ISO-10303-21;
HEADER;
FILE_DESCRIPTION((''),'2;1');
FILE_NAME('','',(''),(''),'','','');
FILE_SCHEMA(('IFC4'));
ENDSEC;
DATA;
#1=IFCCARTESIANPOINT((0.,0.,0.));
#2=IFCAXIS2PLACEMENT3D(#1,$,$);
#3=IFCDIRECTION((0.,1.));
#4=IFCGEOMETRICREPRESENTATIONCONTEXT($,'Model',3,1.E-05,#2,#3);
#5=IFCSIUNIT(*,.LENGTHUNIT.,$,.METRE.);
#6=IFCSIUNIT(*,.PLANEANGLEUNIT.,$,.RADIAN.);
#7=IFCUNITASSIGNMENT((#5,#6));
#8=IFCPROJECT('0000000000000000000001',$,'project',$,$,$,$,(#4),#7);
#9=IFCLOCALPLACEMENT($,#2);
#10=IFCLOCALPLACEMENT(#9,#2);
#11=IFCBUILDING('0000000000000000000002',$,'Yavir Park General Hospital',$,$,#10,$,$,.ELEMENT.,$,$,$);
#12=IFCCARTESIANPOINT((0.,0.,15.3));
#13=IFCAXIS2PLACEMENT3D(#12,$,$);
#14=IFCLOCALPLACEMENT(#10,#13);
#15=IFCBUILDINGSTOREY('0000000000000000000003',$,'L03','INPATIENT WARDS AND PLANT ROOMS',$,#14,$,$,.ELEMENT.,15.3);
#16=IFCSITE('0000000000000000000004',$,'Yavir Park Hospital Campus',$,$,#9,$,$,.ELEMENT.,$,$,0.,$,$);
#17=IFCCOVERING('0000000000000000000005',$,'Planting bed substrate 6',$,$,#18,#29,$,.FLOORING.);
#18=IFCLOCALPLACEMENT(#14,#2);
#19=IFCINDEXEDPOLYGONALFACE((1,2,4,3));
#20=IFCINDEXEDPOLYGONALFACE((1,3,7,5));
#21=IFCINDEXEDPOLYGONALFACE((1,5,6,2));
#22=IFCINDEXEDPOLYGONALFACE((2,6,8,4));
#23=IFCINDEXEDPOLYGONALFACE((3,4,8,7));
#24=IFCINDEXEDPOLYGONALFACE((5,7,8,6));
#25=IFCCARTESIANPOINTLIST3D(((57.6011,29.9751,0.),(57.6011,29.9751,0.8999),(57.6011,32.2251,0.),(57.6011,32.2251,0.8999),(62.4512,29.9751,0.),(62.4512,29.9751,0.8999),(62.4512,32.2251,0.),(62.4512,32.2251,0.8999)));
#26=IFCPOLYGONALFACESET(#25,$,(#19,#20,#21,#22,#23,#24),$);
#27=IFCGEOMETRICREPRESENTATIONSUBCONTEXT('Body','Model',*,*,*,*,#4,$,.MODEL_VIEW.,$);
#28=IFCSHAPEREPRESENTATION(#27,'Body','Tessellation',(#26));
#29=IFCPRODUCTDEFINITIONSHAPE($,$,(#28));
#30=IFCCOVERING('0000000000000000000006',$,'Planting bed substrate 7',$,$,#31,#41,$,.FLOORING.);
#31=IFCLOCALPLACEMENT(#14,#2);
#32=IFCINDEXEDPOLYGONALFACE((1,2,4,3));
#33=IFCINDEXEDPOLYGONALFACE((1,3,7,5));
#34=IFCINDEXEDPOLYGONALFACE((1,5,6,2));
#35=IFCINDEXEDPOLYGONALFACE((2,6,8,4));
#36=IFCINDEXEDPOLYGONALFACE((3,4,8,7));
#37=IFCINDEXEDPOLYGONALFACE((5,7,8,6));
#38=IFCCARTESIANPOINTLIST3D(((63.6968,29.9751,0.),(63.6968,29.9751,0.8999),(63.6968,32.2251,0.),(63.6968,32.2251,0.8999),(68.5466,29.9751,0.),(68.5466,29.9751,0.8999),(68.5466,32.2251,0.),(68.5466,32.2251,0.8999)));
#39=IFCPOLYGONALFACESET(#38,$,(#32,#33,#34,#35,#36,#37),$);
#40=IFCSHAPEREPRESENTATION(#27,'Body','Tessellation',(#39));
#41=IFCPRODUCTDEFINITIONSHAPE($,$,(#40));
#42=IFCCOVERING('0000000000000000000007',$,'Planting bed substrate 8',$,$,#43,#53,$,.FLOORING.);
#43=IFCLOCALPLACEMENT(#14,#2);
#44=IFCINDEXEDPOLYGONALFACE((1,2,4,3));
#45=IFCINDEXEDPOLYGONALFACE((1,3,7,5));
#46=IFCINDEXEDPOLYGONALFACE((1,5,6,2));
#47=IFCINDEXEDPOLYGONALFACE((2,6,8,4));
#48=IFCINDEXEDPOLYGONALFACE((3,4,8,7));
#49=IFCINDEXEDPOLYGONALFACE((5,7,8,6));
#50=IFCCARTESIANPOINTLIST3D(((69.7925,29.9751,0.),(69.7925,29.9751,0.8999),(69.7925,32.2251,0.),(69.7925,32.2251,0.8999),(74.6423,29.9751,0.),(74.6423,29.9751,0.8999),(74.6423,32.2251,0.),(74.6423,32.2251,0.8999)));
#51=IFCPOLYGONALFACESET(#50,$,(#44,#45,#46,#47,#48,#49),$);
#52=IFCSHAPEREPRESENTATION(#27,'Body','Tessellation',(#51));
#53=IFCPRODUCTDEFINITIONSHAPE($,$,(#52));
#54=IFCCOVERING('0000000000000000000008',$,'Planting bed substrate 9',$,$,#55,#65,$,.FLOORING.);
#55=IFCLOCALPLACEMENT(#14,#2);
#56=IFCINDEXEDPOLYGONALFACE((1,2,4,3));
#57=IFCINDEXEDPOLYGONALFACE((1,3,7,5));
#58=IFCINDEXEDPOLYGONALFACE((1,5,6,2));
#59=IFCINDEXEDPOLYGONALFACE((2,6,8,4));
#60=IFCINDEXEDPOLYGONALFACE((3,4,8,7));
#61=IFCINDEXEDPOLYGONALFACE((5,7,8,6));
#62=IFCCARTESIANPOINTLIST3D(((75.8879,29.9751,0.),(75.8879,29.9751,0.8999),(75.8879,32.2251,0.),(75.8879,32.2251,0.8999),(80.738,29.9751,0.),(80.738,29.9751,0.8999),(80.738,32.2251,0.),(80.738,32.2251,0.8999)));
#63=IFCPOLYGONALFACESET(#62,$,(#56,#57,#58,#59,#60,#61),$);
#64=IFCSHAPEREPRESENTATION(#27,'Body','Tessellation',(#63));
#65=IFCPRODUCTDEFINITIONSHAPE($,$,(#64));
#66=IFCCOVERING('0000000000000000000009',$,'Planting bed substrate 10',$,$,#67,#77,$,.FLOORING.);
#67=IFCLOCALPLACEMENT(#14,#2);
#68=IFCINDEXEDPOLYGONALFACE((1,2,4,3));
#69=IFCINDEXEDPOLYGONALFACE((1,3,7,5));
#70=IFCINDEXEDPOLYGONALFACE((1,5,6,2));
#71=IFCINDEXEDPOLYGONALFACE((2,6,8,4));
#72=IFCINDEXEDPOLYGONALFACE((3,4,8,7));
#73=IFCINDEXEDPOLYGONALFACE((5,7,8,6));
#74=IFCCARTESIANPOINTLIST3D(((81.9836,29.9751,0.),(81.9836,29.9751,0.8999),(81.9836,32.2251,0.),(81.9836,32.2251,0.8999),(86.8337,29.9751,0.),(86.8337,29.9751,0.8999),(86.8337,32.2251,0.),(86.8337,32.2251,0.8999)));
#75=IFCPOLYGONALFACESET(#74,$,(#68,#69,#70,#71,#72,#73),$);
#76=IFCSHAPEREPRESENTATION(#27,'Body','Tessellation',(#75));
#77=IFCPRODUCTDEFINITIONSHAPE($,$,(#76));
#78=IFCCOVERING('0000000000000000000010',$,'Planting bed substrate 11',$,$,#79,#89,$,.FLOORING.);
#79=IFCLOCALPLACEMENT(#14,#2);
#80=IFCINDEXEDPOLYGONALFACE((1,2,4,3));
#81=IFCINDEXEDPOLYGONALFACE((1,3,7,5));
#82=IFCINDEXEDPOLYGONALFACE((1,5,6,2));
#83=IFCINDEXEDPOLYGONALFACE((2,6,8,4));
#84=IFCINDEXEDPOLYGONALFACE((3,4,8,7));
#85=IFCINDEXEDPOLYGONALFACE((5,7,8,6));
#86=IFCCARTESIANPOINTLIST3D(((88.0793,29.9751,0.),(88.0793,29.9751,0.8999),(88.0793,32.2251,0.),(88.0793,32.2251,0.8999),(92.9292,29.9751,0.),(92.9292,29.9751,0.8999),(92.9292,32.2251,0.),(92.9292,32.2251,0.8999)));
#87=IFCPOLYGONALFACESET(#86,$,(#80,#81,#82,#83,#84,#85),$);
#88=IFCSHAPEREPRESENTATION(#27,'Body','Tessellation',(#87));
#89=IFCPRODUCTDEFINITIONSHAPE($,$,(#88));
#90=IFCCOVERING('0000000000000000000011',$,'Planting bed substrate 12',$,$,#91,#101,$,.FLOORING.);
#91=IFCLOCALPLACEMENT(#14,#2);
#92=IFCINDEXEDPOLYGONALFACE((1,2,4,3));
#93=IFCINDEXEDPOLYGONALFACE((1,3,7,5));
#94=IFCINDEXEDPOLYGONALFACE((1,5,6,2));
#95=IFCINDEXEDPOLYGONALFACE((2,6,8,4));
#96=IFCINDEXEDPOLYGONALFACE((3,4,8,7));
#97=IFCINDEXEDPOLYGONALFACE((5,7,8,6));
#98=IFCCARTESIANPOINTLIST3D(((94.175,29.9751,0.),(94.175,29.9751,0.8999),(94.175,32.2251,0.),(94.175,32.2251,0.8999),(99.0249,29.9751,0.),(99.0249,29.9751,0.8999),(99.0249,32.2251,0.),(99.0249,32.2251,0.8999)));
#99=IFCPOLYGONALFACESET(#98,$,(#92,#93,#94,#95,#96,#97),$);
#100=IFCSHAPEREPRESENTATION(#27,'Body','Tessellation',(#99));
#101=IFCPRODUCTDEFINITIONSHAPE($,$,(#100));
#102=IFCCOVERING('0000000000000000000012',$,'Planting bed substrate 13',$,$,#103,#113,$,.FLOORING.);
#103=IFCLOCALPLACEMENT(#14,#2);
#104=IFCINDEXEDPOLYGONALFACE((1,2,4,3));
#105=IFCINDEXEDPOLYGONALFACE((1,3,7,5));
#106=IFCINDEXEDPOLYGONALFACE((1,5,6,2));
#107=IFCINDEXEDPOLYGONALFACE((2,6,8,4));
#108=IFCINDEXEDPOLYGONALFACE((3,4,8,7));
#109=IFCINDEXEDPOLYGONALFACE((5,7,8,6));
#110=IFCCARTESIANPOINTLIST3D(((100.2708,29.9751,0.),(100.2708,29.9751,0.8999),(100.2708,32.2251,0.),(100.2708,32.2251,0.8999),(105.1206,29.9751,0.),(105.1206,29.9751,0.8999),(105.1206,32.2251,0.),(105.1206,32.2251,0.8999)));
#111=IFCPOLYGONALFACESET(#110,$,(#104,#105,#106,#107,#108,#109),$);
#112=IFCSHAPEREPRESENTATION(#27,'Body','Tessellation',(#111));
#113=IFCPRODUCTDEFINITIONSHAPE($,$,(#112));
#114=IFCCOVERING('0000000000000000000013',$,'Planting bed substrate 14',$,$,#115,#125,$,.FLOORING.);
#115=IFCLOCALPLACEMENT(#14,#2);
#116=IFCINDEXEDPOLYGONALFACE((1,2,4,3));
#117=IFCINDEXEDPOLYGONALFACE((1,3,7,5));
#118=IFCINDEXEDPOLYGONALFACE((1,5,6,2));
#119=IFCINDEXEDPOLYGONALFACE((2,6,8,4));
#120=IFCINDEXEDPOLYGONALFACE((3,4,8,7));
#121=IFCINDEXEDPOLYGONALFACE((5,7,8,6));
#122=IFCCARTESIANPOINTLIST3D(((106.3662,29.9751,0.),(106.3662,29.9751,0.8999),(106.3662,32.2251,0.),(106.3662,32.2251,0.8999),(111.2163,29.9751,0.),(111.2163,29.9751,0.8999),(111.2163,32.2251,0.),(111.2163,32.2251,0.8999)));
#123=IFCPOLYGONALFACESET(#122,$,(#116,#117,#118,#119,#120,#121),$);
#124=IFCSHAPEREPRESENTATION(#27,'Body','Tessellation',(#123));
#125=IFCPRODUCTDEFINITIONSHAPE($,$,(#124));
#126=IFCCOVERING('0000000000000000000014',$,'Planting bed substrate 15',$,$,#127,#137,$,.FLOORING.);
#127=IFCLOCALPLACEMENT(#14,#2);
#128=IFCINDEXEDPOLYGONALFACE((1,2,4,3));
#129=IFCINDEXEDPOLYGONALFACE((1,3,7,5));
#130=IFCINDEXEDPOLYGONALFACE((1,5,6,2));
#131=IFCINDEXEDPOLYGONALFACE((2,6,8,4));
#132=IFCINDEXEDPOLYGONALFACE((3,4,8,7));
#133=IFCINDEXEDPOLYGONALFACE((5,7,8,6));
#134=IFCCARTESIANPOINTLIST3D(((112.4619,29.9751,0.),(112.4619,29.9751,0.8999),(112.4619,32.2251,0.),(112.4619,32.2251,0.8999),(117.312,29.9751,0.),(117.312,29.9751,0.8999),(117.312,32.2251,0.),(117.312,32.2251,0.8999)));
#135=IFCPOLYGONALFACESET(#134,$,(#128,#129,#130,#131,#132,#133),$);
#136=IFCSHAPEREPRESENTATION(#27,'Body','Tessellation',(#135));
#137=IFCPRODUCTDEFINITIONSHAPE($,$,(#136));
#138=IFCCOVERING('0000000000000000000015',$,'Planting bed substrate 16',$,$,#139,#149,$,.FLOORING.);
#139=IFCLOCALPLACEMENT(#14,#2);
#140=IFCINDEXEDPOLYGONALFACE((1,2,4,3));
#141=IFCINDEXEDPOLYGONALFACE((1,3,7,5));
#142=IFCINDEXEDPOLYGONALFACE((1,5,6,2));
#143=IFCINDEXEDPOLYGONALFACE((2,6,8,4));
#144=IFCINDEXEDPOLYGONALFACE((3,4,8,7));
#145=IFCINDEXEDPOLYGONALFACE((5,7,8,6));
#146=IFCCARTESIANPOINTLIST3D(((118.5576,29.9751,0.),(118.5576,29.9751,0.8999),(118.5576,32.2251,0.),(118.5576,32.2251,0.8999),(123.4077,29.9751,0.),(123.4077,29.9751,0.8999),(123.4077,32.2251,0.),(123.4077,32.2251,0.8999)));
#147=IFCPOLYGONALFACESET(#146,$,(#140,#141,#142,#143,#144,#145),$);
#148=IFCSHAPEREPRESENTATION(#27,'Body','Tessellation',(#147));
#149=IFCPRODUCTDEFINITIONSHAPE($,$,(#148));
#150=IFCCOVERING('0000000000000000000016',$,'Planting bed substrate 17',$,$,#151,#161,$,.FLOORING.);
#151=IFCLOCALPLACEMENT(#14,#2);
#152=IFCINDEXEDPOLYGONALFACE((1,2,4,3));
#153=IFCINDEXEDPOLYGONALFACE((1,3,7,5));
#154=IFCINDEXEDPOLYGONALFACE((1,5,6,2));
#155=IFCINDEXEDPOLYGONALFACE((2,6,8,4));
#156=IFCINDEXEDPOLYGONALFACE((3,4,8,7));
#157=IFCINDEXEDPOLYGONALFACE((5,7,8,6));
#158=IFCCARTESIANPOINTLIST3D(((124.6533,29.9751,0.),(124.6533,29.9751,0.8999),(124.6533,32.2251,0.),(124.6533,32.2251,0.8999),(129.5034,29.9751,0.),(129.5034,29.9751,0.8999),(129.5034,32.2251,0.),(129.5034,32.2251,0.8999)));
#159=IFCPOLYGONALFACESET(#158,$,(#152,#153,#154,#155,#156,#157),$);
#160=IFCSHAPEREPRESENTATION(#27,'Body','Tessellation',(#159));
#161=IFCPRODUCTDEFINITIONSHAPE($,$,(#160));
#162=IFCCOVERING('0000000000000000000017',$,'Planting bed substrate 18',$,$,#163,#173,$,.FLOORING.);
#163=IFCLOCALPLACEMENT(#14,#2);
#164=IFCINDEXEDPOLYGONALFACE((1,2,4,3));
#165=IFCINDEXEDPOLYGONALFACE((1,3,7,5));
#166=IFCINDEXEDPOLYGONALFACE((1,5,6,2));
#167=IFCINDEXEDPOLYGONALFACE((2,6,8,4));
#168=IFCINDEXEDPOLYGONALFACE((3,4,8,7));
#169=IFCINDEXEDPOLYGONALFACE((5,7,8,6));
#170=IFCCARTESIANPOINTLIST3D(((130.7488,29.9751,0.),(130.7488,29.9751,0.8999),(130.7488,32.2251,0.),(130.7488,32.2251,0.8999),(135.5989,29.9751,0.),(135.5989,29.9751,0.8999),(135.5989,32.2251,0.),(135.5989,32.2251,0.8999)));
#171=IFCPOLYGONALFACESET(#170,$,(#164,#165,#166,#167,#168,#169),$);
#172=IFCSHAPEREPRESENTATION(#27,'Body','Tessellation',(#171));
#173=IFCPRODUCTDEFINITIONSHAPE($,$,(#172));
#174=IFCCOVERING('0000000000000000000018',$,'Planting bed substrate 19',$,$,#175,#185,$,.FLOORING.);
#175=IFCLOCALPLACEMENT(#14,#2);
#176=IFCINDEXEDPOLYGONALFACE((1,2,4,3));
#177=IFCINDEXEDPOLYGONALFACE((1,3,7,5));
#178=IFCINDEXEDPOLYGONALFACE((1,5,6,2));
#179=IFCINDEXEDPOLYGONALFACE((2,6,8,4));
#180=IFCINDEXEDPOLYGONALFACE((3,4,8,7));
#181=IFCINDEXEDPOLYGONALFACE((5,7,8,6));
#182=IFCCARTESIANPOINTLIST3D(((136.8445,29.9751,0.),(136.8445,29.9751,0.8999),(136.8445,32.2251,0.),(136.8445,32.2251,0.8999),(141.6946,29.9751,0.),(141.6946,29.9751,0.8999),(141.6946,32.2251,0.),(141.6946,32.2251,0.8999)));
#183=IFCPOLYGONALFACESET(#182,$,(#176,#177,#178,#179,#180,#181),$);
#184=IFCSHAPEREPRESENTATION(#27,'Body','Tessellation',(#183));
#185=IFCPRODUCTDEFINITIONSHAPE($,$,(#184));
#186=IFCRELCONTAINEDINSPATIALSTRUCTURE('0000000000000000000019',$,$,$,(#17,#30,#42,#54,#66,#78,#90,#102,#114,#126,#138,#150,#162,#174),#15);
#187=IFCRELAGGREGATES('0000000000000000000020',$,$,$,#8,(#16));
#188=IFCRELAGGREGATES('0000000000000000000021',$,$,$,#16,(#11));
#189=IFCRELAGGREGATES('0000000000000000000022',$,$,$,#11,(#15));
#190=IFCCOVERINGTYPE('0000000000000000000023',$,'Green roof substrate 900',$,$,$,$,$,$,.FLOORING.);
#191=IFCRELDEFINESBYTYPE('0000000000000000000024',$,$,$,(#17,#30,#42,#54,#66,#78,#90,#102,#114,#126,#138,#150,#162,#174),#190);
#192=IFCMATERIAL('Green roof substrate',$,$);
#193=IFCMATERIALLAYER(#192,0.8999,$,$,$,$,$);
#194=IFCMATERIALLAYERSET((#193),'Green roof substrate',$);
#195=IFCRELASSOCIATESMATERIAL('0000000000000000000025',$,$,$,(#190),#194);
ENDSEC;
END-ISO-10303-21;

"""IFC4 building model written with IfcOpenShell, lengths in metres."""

from ifc_helpers import new_model, si_unit, direction, frame, origin, place, context, subcontext, project, spatial, polyline, outline, extrude, material, layer, layer_set, type_object, element, save


model = new_model("IFC4")

# Units and contexts
model_context = context("Model", 3, precision=1e-05, world=origin(), true_north=direction((0.0, 1.0)))
body_context = subcontext(model_context, "Body", "Model", "MODEL_VIEW")
ifc_project = project(units=[si_unit("LENGTHUNIT", "METRE"), si_unit("PLANEANGLEUNIT", "RADIAN")], contexts=[model_context])

# Site, building, storey
site_placement = place(None, origin())
site = spatial("IfcSite", under=ifc_project, at=site_placement, Name="Yavir Park Hospital Campus", CompositionType="ELEMENT", RefElevation=0.0)
building_placement = place(site_placement, origin())
building = spatial("IfcBuilding", under=site, at=building_placement, Name="Yavir Park General Hospital", CompositionType="ELEMENT")
storey_placement = place(building_placement, frame((0.0, 0.0, 15.3)))
storey = spatial("IfcBuildingStorey", under=building, at=storey_placement, Name="L03", Description="INPATIENT WARDS AND PLANT ROOMS", CompositionType="ELEMENT", Elevation=15.3)

# Coverings
ifc_material_1 = material(Name="Green roof substrate")
ifc_layer_1 = layer(ifc_material_1, 0.8999)
ifc_layer_set_1 = layer_set([ifc_layer_1], Name="Green roof substrate")
covering_type = type_object("IfcCoveringType", Name="Green roof substrate 900", PredefinedType="FLOORING", material=ifc_layer_set_1)
covering_1_placement = place(storey_placement, origin())
element("IfcCovering", 1, at=covering_1_placement, inside=storey, type_object=covering_type, Name="Planting bed substrate 6", PredefinedType="FLOORING", context=body_context, shape_type="SweptSolid", body=[
    extrude(outline(polyline([(57.6011, 29.9751), (62.4512, 29.9751), (62.4512, 32.2251), (57.6011, 32.2251), (57.6011, 29.9751)])), origin(), (0.0, 0.0, 1.0), 0.8999),
])
covering_2_placement = place(storey_placement, origin())
element("IfcCovering", 2, at=covering_2_placement, inside=storey, type_object=covering_type, Name="Planting bed substrate 7", PredefinedType="FLOORING", context=body_context, shape_type="SweptSolid", body=[
    extrude(outline(polyline([(63.6968, 29.9751), (68.5466, 29.9751), (68.5466, 32.2251), (63.6968, 32.2251), (63.6968, 29.9751)])), origin(), (0.0, 0.0, 1.0), 0.8999),
])
covering_3_placement = place(storey_placement, origin())
element("IfcCovering", 3, at=covering_3_placement, inside=storey, type_object=covering_type, Name="Planting bed substrate 8", PredefinedType="FLOORING", context=body_context, shape_type="SweptSolid", body=[
    extrude(outline(polyline([(69.7925, 29.9751), (74.6423, 29.9751), (74.6423, 32.2251), (69.7925, 32.2251), (69.7925, 29.9751)])), origin(), (0.0, 0.0, 1.0), 0.8999),
])
covering_4_placement = place(storey_placement, origin())
element("IfcCovering", 4, at=covering_4_placement, inside=storey, type_object=covering_type, Name="Planting bed substrate 9", PredefinedType="FLOORING", context=body_context, shape_type="SweptSolid", body=[
    extrude(outline(polyline([(75.8879, 29.9751), (80.738, 29.9751), (80.738, 32.2251), (75.8879, 32.2251), (75.8879, 29.9751)])), origin(), (0.0, 0.0, 1.0), 0.8999),
])
covering_5_placement = place(storey_placement, origin())
element("IfcCovering", 5, at=covering_5_placement, inside=storey, type_object=covering_type, Name="Planting bed substrate 10", PredefinedType="FLOORING", context=body_context, shape_type="SweptSolid", body=[
    extrude(outline(polyline([(81.9836, 29.9751), (86.8337, 29.9751), (86.8337, 32.2251), (81.9836, 32.2251), (81.9836, 29.9751)])), origin(), (0.0, 0.0, 1.0), 0.8999),
])
covering_6_placement = place(storey_placement, origin())
element("IfcCovering", 6, at=covering_6_placement, inside=storey, type_object=covering_type, Name="Planting bed substrate 11", PredefinedType="FLOORING", context=body_context, shape_type="SweptSolid", body=[
    extrude(outline(polyline([(88.0793, 29.9751), (92.9292, 29.9751), (92.9292, 32.2251), (88.0793, 32.2251), (88.0793, 29.9751)])), origin(), (0.0, 0.0, 1.0), 0.8999),
])
covering_7_placement = place(storey_placement, origin())
element("IfcCovering", 7, at=covering_7_placement, inside=storey, type_object=covering_type, Name="Planting bed substrate 12", PredefinedType="FLOORING", context=body_context, shape_type="SweptSolid", body=[
    extrude(outline(polyline([(94.175, 29.9751), (99.0249, 29.9751), (99.0249, 32.2251), (94.175, 32.2251), (94.175, 29.9751)])), origin(), (0.0, 0.0, 1.0), 0.8999),
])
covering_8_placement = place(storey_placement, origin())
element("IfcCovering", 8, at=covering_8_placement, inside=storey, type_object=covering_type, Name="Planting bed substrate 13", PredefinedType="FLOORING", context=body_context, shape_type="SweptSolid", body=[
    extrude(outline(polyline([(100.2708, 29.9751), (105.1206, 29.9751), (105.1206, 32.2251), (100.2708, 32.2251), (100.2708, 29.9751)])), origin(), (0.0, 0.0, 1.0), 0.8999),
])
covering_9_placement = place(storey_placement, origin())
element("IfcCovering", 9, at=covering_9_placement, inside=storey, type_object=covering_type, Name="Planting bed substrate 14", PredefinedType="FLOORING", context=body_context, shape_type="SweptSolid", body=[
    extrude(outline(polyline([(106.3662, 29.9751), (111.2163, 29.9751), (111.2163, 32.2251), (106.3662, 32.2251), (106.3662, 29.9751)])), origin(), (0.0, 0.0, 1.0), 0.8999),
])
covering_10_placement = place(storey_placement, origin())
element("IfcCovering", 10, at=covering_10_placement, inside=storey, type_object=covering_type, Name="Planting bed substrate 15", PredefinedType="FLOORING", context=body_context, shape_type="SweptSolid", body=[
    extrude(outline(polyline([(112.4619, 29.9751), (117.312, 29.9751), (117.312, 32.2251), (112.4619, 32.2251), (112.4619, 29.9751)])), origin(), (0.0, 0.0, 1.0), 0.8999),
])
covering_11_placement = place(storey_placement, origin())
element("IfcCovering", 11, at=covering_11_placement, inside=storey, type_object=covering_type, Name="Planting bed substrate 16", PredefinedType="FLOORING", context=body_context, shape_type="SweptSolid", body=[
    extrude(outline(polyline([(118.5576, 29.9751), (123.4077, 29.9751), (123.4077, 32.2251), (118.5576, 32.2251), (118.5576, 29.9751)])), origin(), (0.0, 0.0, 1.0), 0.8999),
])
covering_12_placement = place(storey_placement, origin())
element("IfcCovering", 12, at=covering_12_placement, inside=storey, type_object=covering_type, Name="Planting bed substrate 17", PredefinedType="FLOORING", context=body_context, shape_type="SweptSolid", body=[
    extrude(outline(polyline([(124.6533, 29.9751), (129.5034, 29.9751), (129.5034, 32.2251), (124.6533, 32.2251), (124.6533, 29.9751)])), origin(), (0.0, 0.0, 1.0), 0.8999),
])
covering_13_placement = place(storey_placement, origin())
element("IfcCovering", 13, at=covering_13_placement, inside=storey, type_object=covering_type, Name="Planting bed substrate 18", PredefinedType="FLOORING", context=body_context, shape_type="SweptSolid", body=[
    extrude(outline(polyline([(130.7488, 29.9751), (135.5989, 29.9751), (135.5989, 32.2251), (130.7488, 32.2251), (130.7488, 29.9751)])), origin(), (0.0, 0.0, 1.0), 0.8999),
])
covering_14_placement = place(storey_placement, origin())
element("IfcCovering", 14, at=covering_14_placement, inside=storey, type_object=covering_type, Name="Planting bed substrate 19", PredefinedType="FLOORING", context=body_context, shape_type="SweptSolid", body=[
    extrude(outline(polyline([(136.8445, 29.9751), (141.6946, 29.9751), (141.6946, 32.2251), (136.8445, 32.2251), (136.8445, 29.9751)])), origin(), (0.0, 0.0, 1.0), 0.8999),
])

save(model, "model.ifc")
